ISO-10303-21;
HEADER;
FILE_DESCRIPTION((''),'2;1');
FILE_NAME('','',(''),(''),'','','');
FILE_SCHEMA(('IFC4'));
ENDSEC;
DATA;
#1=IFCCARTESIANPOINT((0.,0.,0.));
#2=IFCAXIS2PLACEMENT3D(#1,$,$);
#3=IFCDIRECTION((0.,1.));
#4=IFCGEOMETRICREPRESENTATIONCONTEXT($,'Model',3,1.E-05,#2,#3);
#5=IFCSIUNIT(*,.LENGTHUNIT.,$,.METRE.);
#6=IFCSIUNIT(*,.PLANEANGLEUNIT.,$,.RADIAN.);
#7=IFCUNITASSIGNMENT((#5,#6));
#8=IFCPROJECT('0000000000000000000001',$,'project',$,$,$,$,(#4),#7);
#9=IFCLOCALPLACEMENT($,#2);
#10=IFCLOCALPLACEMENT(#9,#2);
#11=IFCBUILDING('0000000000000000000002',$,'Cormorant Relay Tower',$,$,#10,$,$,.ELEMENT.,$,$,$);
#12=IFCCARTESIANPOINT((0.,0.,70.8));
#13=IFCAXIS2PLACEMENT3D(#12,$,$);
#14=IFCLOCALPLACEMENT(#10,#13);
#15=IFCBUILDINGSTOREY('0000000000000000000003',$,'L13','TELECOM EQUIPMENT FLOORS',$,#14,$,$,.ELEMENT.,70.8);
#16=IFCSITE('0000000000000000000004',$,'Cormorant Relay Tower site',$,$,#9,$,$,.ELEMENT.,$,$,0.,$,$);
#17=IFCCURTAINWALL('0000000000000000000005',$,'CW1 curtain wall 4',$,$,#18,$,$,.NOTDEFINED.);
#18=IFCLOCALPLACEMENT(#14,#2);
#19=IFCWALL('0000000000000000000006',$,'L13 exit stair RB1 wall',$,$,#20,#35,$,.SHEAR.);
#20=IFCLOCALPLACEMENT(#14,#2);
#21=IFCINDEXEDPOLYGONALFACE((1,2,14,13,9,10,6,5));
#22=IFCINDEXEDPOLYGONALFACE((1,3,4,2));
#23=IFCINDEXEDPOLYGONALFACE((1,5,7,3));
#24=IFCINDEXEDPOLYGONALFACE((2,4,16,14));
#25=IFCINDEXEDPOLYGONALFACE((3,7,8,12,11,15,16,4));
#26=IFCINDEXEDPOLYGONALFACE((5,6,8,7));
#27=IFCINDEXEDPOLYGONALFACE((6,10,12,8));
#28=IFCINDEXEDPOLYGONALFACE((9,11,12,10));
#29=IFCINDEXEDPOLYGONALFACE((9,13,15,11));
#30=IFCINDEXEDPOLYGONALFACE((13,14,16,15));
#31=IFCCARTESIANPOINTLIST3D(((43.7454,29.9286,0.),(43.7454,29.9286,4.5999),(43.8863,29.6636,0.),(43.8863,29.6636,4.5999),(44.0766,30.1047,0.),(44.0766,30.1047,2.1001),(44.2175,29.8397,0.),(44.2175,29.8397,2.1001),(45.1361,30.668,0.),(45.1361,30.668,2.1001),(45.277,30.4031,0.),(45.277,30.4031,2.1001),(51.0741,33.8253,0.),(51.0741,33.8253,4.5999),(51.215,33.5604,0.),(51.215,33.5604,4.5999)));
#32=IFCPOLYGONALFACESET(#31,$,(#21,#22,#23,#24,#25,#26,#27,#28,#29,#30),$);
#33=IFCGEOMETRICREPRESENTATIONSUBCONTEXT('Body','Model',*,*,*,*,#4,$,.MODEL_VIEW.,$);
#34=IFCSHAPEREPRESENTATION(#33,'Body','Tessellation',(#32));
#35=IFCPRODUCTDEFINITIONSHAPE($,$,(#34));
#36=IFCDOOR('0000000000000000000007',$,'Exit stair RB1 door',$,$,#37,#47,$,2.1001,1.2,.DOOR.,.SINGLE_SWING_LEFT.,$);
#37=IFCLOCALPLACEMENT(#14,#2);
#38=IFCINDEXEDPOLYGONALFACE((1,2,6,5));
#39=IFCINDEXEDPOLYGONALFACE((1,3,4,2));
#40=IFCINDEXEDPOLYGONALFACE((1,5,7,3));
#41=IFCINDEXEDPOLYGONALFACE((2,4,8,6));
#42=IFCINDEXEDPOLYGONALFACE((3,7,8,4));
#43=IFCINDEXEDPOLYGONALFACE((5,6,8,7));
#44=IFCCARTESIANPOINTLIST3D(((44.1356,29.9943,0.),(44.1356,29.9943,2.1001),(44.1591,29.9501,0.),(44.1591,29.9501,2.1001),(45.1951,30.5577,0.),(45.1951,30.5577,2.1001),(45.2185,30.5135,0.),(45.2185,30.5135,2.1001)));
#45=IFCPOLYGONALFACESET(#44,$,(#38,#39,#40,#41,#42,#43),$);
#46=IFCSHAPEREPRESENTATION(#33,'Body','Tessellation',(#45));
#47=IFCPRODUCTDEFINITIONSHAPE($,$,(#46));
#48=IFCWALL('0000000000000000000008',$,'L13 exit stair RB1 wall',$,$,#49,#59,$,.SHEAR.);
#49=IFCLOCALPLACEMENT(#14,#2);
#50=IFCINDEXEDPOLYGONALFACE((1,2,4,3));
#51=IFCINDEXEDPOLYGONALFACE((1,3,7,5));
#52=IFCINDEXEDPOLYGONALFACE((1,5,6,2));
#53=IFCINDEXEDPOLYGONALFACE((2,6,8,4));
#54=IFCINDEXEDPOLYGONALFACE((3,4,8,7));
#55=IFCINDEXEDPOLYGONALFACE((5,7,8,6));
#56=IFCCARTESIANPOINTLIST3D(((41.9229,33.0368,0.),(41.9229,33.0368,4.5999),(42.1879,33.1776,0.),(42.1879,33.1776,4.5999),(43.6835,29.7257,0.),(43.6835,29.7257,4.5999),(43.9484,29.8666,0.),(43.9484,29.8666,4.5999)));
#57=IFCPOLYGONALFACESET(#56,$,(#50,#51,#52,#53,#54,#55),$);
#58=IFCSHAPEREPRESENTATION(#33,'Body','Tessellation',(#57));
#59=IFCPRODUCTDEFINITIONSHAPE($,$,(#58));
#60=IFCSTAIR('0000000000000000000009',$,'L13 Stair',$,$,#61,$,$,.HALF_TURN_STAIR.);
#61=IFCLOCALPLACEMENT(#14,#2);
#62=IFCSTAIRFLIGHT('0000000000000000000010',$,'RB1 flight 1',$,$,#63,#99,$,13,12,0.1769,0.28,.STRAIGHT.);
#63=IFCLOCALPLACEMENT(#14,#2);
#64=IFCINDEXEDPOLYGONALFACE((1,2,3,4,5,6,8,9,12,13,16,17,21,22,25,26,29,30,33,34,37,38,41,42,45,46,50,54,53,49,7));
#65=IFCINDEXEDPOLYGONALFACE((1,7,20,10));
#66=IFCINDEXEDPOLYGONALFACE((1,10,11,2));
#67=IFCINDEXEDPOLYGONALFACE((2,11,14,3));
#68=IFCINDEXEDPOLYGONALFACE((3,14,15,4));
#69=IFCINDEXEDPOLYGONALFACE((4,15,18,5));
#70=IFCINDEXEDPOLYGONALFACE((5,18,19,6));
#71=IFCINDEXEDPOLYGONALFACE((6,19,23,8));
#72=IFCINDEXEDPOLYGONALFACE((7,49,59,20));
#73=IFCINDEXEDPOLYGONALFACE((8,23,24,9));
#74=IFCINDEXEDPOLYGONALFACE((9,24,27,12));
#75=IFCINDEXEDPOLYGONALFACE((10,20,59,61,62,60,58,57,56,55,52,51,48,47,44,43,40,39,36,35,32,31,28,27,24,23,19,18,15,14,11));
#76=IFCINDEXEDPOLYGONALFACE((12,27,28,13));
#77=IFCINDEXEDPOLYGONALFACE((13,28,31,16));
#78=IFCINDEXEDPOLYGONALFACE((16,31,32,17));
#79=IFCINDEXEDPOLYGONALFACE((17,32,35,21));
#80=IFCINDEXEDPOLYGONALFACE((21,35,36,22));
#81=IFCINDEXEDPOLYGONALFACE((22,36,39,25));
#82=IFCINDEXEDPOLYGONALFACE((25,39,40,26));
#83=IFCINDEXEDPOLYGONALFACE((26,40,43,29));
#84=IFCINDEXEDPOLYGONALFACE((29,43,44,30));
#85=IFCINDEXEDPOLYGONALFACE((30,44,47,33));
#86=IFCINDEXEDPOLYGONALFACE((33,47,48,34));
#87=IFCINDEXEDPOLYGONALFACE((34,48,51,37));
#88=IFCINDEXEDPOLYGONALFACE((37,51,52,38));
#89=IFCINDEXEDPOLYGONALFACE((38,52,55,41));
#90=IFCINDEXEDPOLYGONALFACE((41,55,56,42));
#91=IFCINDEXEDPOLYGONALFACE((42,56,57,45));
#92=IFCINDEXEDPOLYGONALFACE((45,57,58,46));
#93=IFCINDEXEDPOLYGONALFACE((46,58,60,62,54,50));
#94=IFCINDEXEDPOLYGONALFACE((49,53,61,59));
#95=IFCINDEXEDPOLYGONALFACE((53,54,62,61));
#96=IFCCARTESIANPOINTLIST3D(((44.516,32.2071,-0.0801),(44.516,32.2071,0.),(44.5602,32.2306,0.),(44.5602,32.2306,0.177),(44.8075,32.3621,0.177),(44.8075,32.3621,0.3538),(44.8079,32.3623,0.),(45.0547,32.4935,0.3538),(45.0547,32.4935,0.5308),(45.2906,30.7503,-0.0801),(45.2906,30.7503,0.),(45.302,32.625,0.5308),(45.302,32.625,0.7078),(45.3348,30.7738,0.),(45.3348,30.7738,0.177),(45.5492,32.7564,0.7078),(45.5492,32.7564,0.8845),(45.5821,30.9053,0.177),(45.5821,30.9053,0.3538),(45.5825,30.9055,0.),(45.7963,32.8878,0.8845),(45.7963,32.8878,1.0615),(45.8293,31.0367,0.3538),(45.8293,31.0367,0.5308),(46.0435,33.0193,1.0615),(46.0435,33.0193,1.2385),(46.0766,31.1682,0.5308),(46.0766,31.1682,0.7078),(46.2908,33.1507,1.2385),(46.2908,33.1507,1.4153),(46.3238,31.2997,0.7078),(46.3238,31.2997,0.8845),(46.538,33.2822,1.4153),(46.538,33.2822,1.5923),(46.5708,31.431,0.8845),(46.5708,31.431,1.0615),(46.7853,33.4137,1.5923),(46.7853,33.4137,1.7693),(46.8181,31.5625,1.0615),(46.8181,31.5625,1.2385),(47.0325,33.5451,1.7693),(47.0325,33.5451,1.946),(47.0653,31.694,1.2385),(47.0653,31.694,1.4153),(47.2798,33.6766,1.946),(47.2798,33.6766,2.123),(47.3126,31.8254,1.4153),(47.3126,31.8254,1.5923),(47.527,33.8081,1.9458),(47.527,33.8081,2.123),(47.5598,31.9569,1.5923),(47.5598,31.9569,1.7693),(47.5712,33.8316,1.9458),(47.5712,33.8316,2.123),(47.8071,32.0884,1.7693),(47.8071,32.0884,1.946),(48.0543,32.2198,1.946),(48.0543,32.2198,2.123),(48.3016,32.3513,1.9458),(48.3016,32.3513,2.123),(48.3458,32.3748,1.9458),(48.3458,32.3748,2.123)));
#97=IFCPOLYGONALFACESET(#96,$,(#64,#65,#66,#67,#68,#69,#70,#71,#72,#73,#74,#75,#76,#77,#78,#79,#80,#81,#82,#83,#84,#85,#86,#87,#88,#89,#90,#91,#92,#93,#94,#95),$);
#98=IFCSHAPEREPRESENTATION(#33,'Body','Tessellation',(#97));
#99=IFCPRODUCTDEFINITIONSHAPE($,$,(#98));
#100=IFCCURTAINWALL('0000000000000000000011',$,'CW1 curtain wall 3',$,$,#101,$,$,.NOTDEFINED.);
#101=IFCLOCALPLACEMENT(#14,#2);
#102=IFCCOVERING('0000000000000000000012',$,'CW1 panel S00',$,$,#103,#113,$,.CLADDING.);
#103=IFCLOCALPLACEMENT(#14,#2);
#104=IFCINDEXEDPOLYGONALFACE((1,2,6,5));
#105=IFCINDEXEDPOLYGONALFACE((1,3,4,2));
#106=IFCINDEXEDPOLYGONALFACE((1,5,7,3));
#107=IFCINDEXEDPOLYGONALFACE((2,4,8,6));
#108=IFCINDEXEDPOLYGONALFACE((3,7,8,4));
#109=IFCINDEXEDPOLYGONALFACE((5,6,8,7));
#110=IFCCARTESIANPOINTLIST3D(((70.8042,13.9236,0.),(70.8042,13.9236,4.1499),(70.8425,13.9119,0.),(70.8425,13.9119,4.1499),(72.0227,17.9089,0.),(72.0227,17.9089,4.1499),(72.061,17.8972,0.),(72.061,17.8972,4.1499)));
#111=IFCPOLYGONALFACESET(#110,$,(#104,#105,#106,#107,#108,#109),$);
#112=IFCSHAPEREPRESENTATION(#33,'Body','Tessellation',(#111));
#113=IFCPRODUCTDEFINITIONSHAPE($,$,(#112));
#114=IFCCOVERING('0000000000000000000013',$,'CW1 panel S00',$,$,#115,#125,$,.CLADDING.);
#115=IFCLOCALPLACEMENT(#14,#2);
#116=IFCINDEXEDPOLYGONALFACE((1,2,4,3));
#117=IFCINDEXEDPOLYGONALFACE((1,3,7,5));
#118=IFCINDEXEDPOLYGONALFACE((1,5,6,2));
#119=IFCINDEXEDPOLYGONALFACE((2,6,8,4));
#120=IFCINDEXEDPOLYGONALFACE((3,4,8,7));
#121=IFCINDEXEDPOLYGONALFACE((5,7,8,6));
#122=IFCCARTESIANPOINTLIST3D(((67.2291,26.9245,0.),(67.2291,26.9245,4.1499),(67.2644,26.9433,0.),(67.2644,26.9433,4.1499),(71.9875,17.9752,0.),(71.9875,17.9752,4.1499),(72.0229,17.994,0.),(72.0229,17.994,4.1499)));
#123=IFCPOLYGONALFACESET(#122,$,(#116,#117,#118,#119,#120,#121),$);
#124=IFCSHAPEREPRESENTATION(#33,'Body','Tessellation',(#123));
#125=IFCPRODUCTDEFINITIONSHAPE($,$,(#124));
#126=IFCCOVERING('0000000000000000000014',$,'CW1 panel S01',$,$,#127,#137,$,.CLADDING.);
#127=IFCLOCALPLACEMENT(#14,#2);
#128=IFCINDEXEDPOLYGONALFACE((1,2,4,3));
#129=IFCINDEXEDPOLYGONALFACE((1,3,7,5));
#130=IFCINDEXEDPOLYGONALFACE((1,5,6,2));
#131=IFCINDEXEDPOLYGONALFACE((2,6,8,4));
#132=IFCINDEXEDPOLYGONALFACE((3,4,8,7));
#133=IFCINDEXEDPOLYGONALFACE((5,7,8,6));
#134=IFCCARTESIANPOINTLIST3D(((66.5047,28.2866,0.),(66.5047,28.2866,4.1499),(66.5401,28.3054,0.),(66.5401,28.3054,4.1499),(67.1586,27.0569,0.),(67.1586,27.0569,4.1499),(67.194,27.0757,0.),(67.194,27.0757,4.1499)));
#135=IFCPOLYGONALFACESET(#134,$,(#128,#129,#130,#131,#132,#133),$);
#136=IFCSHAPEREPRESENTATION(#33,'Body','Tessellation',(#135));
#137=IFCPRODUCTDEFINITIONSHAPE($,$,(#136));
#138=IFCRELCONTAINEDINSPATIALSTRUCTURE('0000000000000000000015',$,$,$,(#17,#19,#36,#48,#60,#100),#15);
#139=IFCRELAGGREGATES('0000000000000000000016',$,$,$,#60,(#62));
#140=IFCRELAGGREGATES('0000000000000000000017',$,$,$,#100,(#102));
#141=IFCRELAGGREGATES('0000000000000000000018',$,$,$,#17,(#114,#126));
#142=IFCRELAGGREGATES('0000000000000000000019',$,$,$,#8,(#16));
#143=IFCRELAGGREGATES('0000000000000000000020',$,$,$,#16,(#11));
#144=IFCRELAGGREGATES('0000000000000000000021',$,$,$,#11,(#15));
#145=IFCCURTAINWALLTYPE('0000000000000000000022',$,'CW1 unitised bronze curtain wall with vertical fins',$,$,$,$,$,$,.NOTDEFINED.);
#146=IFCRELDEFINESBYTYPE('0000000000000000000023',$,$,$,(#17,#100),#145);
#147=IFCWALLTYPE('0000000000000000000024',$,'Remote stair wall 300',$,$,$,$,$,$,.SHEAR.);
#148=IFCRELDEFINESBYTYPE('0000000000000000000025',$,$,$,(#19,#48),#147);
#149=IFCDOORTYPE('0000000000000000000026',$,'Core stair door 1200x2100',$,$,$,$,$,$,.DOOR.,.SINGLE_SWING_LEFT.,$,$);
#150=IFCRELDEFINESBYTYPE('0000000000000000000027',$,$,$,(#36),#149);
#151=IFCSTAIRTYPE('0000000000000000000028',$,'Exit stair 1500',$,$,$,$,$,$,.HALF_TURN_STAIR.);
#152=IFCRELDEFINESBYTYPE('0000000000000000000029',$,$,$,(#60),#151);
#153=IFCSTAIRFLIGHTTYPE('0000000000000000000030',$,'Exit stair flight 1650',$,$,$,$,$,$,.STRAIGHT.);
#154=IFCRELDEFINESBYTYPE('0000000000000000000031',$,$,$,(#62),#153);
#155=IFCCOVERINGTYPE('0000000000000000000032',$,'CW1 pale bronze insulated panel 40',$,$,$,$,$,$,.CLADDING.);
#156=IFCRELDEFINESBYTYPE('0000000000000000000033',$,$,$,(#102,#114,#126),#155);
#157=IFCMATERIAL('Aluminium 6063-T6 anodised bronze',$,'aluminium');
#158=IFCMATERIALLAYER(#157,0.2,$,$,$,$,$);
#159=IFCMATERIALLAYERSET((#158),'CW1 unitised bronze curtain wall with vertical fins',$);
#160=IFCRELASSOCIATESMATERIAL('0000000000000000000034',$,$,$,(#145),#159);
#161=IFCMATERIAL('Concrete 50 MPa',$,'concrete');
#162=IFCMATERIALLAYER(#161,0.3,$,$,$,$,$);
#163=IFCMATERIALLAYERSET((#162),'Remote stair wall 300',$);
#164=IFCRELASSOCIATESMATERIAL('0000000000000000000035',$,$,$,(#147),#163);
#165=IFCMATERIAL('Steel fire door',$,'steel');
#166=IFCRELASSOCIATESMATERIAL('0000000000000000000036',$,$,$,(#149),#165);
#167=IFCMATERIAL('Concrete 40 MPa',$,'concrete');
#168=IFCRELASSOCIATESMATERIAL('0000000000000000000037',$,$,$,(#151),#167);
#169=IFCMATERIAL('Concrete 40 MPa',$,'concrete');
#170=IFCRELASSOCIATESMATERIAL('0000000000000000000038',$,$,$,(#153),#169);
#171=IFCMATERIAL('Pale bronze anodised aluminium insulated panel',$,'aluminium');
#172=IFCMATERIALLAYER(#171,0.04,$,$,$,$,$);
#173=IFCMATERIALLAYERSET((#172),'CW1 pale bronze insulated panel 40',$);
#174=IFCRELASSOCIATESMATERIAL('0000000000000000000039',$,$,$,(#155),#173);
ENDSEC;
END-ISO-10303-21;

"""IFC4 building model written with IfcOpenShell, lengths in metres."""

from ifc_helpers import new_model, si_unit, direction, frame, frame_2d, origin, origin_2d, place, context, subcontext, project, spatial, polyline, rectangle, outline, extrude, material, layer, layer_set, type_object, element, fill, aggregate, save


model = new_model("IFC4")

# Units and contexts
model_context = context("Model", 3, precision=1e-05, world=origin(), true_north=direction((0.0, 1.0)))
body_context = subcontext(model_context, "Body", "Model", "MODEL_VIEW")
ifc_project = project(units=[si_unit("LENGTHUNIT", "METRE"), si_unit("PLANEANGLEUNIT", "RADIAN")], contexts=[model_context])

# Site, building, storey
site_placement = place(None, origin())
site = spatial("IfcSite", under=ifc_project, at=site_placement, Name="Cormorant Relay Tower site", CompositionType="ELEMENT", RefElevation=0.0)
building_placement = place(site_placement, origin())
building = spatial("IfcBuilding", under=site, at=building_placement, Name="Cormorant Relay Tower", CompositionType="ELEMENT")
storey_placement = place(building_placement, frame((0.0, 0.0, 70.8)))
storey = spatial("IfcBuildingStorey", under=building, at=storey_placement, Name="L13", Description="TELECOM EQUIPMENT FLOORS", CompositionType="ELEMENT", Elevation=70.8)

# Curtain wall
ifc_material_1 = material(Name="Aluminium 6063-T6 anodised bronze", Category="aluminium")
ifc_layer_1 = layer(ifc_material_1, 0.2)
ifc_layer_set_1 = layer_set([ifc_layer_1], Name="CW1 unitised bronze curtain wall with vertical fins")
curtain_wall_type = type_object("IfcCurtainWallType", Name="CW1 unitised bronze curtain wall with vertical fins", PredefinedType="NOTDEFINED", material=ifc_layer_set_1)
curtain_wall_1_placement = place(storey_placement, origin())
curtain_wall_1 = element("IfcCurtainWall", 1, at=curtain_wall_1_placement, inside=storey, type_object=curtain_wall_type, Name="CW1 curtain wall 4", PredefinedType="NOTDEFINED")

# Wall, opening, door
ifc_material_2 = material(Name="Concrete 50 MPa", Category="concrete")
ifc_layer_2 = layer(ifc_material_2, 0.3)
ifc_layer_set_2 = layer_set([ifc_layer_2], Name="Remote stair wall 300")
wall_type_1 = type_object("IfcWallType", Name="Remote stair wall 300", PredefinedType="SHEAR", material=ifc_layer_set_2)
wall_1_placement = place(storey_placement, frame((51.1445, 33.6929, 0.0), z_axis=(0.0, 0.0, 1.0), x_axis=(-0.882946, -0.469475, 0.0)))
wall_1 = element("IfcWall", 2, at=wall_1_placement, inside=storey, type_object=wall_type_1, Name="L13 exit stair RB1 wall", PredefinedType="SHEAR", context=body_context, shape_type="SweptSolid", body=[
    extrude(rectangle(XDim=8.3003, YDim=0.3, at=frame_2d((4.1501, 0.0))), origin(), (0.0, 0.0, 1.0), 4.5999),
])
opening_1_placement = place(wall_1_placement, frame((6.7251, 0.0, 0.0)))
opening_1 = element("IfcOpeningElement", 3, at=opening_1_placement, cuts=wall_1, PredefinedType="OPENING", context=body_context, shape_type="SweptSolid", body=[
    extrude(rectangle(XDim=1.2, YDim=2.1001, at=frame_2d((0.6001, 1.05))), frame((0.0, 0.1599, 0.0), z_axis=(0.0, -1.0, 0.0), x_axis=(1.0, 0.0, 0.0)), (0.0, 0.0, 1.0), 0.3201),
])
ifc_material_3 = material(Name="Steel fire door", Category="steel")
door_type_1 = type_object("IfcDoorType", Name="Core stair door 1200x2100", OperationType="SINGLE_SWING_LEFT", PredefinedType="DOOR", material=ifc_material_3)
door_1_placement = place(opening_1_placement, frame((1.2, 0.0, 0.0), z_axis=(0.0, 0.0, 1.0), x_axis=(-1.0, 0.0, 0.0)))
door_1 = element("IfcDoor", 4, at=door_1_placement, inside=storey, type_object=door_type_1, Name="Exit stair RB1 door", OperationType="SINGLE_SWING_LEFT", OverallHeight=2.1001, OverallWidth=1.2, PredefinedType="DOOR", context=body_context, shape_type="SweptSolid", body=[
    extrude(rectangle(XDim=1.2, YDim=2.1001, at=frame_2d((0.6001, 1.05))), frame((0.0, 0.0249, 0.0), z_axis=(0.0, -1.0, 0.0), x_axis=(1.0, 0.0, 0.0)), (0.0, 0.0, 1.0), 0.05),
])
fill(opening_1, door_1)

# Wall
wall_2_placement = place(storey_placement, frame((43.8159, 29.7961, 0.0), z_axis=(0.0, 0.0, 1.0), x_axis=(-0.469469, 0.882949, 0.0)))
element("IfcWall", 5, at=wall_2_placement, inside=storey, type_object=wall_type_1, Name="L13 exit stair RB1 wall", PredefinedType="SHEAR", context=body_context, shape_type="SweptSolid", body=[
    extrude(rectangle(XDim=3.75, YDim=0.3, at=frame_2d((1.875, 0.0))), origin(), (0.0, 0.0, 1.0), 4.5999),
])

# Stair, stair flight
ifc_material_4 = material(Name="Concrete 40 MPa", Category="concrete")
stair_type = type_object("IfcStairType", Name="Exit stair 1500", PredefinedType="HALF_TURN_STAIR", material=ifc_material_4)
stair_placement = place(storey_placement, origin())
stair = element("IfcStair", 6, at=stair_placement, inside=storey, type_object=stair_type, Name="L13 Stair", PredefinedType="HALF_TURN_STAIR")
ifc_material_5 = material(Name="Concrete 40 MPa", Category="concrete")
stair_flight_type = type_object("IfcStairFlightType", Name="Exit stair flight 1650", PredefinedType="STRAIGHT", material=ifc_material_5)
stair_flight_placement = place(storey_placement, frame((44.9475, 31.5022, 0.0), z_axis=(0.0, 0.0, 1.0), x_axis=(0.882948, 0.469472, 0.0)))
stair_flight = element("IfcStairFlight", 7, at=stair_flight_placement, type_object=stair_flight_type, Name="RB1 flight 1", NumberOfRisers=13, NumberOfTreads=12, PredefinedType="STRAIGHT", RiserHeight=0.1769, TreadLength=0.28, context=body_context, shape_type="SweptSolid", body=[
    extrude(outline(polyline([(-0.05, -0.0801), (-0.05, 0.0), (0.0, 0.0), (0.0, 0.177), (0.28, 0.177), (0.28, 0.3538), (0.5601, 0.3538), (0.5601, 0.5308), (0.8401, 0.5308), (0.8401, 0.7078), (1.1201, 0.7078), (1.1201, 0.8845), (1.3999, 0.8845), (1.3999, 1.0615), (1.6799, 1.0615), (1.6799, 1.2385), (1.96, 1.2385), (1.96, 1.4153), (2.24, 1.4153), (2.24, 1.5923), (2.52, 1.5923), (2.52, 1.7693), (2.8, 1.7693), (2.8, 1.946), (3.0801, 1.946), (3.0801, 2.123), (3.3601, 2.123), (3.4102, 2.123), (3.4102, 1.9458), (3.3601, 1.9458), (0.2805, 0.0), (-0.05, -0.0801)])), frame((0.0, 0.825, 0.0), z_axis=(0.0, -1.0, 0.0), x_axis=(1.0, 0.0, 0.0)), (0.0, 0.0, 1.0), 1.6499),
])
aggregate(stair, [stair_flight])

# Curtain wall, covering
curtain_wall_2_placement = place(storey_placement, origin())
curtain_wall_2 = element("IfcCurtainWall", 8, at=curtain_wall_2_placement, inside=storey, type_object=curtain_wall_type, Name="CW1 curtain wall 3", PredefinedType="NOTDEFINED")
ifc_material_6 = material(Name="Pale bronze anodised aluminium insulated panel", Category="aluminium")
ifc_layer_3 = layer(ifc_material_6, 0.04)
ifc_layer_set_3 = layer_set([ifc_layer_3], Name="CW1 pale bronze insulated panel 40")
covering_type = type_object("IfcCoveringType", Name="CW1 pale bronze insulated panel 40", PredefinedType="CLADDING", material=ifc_layer_set_3)
covering_1_placement = place(storey_placement, frame((71.4326, 15.9104, 0.0), z_axis=(0.0, 0.0, 1.0), x_axis=(0.292372, 0.956305, 0.0)))
covering_1 = element("IfcCovering", 9, at=covering_1_placement, type_object=covering_type, Name="CW1 panel S00", PredefinedType="CLADDING", context=body_context, shape_type="SweptSolid", body=[
    extrude(rectangle(XDim=4.1675, YDim=0.04, at=origin_2d()), origin(), (0.0, 0.0, 1.0), 4.1499),
])
aggregate(curtain_wall_2, [covering_1])

# Coverings
covering_2_placement = place(storey_placement, frame((69.626, 22.4592, 0.0), z_axis=(0.0, 0.0, 1.0), x_axis=(-0.469472, 0.882948, 0.0)))
covering_2 = element("IfcCovering", 10, at=covering_2_placement, type_object=covering_type, Name="CW1 panel S00", PredefinedType="CLADDING", context=body_context, shape_type="SweptSolid", body=[
    extrude(rectangle(XDim=10.1357, YDim=0.04, at=origin_2d()), origin(), (0.0, 0.0, 1.0), 4.1499),
])
covering_3_placement = place(storey_placement, frame((66.8494, 27.6812, 0.0), z_axis=(0.0, 0.0, 1.0), x_axis=(-0.469472, 0.882948, 0.0)))
covering_3 = element("IfcCovering", 11, at=covering_3_placement, type_object=covering_type, Name="CW1 panel S01", PredefinedType="CLADDING", context=body_context, shape_type="SweptSolid", body=[
    extrude(rectangle(XDim=1.3928, YDim=0.04, at=origin_2d()), origin(), (0.0, 0.0, 1.0), 4.1499),
])
aggregate(curtain_wall_1, [covering_2, covering_3])

save(model, "model.ifc")
